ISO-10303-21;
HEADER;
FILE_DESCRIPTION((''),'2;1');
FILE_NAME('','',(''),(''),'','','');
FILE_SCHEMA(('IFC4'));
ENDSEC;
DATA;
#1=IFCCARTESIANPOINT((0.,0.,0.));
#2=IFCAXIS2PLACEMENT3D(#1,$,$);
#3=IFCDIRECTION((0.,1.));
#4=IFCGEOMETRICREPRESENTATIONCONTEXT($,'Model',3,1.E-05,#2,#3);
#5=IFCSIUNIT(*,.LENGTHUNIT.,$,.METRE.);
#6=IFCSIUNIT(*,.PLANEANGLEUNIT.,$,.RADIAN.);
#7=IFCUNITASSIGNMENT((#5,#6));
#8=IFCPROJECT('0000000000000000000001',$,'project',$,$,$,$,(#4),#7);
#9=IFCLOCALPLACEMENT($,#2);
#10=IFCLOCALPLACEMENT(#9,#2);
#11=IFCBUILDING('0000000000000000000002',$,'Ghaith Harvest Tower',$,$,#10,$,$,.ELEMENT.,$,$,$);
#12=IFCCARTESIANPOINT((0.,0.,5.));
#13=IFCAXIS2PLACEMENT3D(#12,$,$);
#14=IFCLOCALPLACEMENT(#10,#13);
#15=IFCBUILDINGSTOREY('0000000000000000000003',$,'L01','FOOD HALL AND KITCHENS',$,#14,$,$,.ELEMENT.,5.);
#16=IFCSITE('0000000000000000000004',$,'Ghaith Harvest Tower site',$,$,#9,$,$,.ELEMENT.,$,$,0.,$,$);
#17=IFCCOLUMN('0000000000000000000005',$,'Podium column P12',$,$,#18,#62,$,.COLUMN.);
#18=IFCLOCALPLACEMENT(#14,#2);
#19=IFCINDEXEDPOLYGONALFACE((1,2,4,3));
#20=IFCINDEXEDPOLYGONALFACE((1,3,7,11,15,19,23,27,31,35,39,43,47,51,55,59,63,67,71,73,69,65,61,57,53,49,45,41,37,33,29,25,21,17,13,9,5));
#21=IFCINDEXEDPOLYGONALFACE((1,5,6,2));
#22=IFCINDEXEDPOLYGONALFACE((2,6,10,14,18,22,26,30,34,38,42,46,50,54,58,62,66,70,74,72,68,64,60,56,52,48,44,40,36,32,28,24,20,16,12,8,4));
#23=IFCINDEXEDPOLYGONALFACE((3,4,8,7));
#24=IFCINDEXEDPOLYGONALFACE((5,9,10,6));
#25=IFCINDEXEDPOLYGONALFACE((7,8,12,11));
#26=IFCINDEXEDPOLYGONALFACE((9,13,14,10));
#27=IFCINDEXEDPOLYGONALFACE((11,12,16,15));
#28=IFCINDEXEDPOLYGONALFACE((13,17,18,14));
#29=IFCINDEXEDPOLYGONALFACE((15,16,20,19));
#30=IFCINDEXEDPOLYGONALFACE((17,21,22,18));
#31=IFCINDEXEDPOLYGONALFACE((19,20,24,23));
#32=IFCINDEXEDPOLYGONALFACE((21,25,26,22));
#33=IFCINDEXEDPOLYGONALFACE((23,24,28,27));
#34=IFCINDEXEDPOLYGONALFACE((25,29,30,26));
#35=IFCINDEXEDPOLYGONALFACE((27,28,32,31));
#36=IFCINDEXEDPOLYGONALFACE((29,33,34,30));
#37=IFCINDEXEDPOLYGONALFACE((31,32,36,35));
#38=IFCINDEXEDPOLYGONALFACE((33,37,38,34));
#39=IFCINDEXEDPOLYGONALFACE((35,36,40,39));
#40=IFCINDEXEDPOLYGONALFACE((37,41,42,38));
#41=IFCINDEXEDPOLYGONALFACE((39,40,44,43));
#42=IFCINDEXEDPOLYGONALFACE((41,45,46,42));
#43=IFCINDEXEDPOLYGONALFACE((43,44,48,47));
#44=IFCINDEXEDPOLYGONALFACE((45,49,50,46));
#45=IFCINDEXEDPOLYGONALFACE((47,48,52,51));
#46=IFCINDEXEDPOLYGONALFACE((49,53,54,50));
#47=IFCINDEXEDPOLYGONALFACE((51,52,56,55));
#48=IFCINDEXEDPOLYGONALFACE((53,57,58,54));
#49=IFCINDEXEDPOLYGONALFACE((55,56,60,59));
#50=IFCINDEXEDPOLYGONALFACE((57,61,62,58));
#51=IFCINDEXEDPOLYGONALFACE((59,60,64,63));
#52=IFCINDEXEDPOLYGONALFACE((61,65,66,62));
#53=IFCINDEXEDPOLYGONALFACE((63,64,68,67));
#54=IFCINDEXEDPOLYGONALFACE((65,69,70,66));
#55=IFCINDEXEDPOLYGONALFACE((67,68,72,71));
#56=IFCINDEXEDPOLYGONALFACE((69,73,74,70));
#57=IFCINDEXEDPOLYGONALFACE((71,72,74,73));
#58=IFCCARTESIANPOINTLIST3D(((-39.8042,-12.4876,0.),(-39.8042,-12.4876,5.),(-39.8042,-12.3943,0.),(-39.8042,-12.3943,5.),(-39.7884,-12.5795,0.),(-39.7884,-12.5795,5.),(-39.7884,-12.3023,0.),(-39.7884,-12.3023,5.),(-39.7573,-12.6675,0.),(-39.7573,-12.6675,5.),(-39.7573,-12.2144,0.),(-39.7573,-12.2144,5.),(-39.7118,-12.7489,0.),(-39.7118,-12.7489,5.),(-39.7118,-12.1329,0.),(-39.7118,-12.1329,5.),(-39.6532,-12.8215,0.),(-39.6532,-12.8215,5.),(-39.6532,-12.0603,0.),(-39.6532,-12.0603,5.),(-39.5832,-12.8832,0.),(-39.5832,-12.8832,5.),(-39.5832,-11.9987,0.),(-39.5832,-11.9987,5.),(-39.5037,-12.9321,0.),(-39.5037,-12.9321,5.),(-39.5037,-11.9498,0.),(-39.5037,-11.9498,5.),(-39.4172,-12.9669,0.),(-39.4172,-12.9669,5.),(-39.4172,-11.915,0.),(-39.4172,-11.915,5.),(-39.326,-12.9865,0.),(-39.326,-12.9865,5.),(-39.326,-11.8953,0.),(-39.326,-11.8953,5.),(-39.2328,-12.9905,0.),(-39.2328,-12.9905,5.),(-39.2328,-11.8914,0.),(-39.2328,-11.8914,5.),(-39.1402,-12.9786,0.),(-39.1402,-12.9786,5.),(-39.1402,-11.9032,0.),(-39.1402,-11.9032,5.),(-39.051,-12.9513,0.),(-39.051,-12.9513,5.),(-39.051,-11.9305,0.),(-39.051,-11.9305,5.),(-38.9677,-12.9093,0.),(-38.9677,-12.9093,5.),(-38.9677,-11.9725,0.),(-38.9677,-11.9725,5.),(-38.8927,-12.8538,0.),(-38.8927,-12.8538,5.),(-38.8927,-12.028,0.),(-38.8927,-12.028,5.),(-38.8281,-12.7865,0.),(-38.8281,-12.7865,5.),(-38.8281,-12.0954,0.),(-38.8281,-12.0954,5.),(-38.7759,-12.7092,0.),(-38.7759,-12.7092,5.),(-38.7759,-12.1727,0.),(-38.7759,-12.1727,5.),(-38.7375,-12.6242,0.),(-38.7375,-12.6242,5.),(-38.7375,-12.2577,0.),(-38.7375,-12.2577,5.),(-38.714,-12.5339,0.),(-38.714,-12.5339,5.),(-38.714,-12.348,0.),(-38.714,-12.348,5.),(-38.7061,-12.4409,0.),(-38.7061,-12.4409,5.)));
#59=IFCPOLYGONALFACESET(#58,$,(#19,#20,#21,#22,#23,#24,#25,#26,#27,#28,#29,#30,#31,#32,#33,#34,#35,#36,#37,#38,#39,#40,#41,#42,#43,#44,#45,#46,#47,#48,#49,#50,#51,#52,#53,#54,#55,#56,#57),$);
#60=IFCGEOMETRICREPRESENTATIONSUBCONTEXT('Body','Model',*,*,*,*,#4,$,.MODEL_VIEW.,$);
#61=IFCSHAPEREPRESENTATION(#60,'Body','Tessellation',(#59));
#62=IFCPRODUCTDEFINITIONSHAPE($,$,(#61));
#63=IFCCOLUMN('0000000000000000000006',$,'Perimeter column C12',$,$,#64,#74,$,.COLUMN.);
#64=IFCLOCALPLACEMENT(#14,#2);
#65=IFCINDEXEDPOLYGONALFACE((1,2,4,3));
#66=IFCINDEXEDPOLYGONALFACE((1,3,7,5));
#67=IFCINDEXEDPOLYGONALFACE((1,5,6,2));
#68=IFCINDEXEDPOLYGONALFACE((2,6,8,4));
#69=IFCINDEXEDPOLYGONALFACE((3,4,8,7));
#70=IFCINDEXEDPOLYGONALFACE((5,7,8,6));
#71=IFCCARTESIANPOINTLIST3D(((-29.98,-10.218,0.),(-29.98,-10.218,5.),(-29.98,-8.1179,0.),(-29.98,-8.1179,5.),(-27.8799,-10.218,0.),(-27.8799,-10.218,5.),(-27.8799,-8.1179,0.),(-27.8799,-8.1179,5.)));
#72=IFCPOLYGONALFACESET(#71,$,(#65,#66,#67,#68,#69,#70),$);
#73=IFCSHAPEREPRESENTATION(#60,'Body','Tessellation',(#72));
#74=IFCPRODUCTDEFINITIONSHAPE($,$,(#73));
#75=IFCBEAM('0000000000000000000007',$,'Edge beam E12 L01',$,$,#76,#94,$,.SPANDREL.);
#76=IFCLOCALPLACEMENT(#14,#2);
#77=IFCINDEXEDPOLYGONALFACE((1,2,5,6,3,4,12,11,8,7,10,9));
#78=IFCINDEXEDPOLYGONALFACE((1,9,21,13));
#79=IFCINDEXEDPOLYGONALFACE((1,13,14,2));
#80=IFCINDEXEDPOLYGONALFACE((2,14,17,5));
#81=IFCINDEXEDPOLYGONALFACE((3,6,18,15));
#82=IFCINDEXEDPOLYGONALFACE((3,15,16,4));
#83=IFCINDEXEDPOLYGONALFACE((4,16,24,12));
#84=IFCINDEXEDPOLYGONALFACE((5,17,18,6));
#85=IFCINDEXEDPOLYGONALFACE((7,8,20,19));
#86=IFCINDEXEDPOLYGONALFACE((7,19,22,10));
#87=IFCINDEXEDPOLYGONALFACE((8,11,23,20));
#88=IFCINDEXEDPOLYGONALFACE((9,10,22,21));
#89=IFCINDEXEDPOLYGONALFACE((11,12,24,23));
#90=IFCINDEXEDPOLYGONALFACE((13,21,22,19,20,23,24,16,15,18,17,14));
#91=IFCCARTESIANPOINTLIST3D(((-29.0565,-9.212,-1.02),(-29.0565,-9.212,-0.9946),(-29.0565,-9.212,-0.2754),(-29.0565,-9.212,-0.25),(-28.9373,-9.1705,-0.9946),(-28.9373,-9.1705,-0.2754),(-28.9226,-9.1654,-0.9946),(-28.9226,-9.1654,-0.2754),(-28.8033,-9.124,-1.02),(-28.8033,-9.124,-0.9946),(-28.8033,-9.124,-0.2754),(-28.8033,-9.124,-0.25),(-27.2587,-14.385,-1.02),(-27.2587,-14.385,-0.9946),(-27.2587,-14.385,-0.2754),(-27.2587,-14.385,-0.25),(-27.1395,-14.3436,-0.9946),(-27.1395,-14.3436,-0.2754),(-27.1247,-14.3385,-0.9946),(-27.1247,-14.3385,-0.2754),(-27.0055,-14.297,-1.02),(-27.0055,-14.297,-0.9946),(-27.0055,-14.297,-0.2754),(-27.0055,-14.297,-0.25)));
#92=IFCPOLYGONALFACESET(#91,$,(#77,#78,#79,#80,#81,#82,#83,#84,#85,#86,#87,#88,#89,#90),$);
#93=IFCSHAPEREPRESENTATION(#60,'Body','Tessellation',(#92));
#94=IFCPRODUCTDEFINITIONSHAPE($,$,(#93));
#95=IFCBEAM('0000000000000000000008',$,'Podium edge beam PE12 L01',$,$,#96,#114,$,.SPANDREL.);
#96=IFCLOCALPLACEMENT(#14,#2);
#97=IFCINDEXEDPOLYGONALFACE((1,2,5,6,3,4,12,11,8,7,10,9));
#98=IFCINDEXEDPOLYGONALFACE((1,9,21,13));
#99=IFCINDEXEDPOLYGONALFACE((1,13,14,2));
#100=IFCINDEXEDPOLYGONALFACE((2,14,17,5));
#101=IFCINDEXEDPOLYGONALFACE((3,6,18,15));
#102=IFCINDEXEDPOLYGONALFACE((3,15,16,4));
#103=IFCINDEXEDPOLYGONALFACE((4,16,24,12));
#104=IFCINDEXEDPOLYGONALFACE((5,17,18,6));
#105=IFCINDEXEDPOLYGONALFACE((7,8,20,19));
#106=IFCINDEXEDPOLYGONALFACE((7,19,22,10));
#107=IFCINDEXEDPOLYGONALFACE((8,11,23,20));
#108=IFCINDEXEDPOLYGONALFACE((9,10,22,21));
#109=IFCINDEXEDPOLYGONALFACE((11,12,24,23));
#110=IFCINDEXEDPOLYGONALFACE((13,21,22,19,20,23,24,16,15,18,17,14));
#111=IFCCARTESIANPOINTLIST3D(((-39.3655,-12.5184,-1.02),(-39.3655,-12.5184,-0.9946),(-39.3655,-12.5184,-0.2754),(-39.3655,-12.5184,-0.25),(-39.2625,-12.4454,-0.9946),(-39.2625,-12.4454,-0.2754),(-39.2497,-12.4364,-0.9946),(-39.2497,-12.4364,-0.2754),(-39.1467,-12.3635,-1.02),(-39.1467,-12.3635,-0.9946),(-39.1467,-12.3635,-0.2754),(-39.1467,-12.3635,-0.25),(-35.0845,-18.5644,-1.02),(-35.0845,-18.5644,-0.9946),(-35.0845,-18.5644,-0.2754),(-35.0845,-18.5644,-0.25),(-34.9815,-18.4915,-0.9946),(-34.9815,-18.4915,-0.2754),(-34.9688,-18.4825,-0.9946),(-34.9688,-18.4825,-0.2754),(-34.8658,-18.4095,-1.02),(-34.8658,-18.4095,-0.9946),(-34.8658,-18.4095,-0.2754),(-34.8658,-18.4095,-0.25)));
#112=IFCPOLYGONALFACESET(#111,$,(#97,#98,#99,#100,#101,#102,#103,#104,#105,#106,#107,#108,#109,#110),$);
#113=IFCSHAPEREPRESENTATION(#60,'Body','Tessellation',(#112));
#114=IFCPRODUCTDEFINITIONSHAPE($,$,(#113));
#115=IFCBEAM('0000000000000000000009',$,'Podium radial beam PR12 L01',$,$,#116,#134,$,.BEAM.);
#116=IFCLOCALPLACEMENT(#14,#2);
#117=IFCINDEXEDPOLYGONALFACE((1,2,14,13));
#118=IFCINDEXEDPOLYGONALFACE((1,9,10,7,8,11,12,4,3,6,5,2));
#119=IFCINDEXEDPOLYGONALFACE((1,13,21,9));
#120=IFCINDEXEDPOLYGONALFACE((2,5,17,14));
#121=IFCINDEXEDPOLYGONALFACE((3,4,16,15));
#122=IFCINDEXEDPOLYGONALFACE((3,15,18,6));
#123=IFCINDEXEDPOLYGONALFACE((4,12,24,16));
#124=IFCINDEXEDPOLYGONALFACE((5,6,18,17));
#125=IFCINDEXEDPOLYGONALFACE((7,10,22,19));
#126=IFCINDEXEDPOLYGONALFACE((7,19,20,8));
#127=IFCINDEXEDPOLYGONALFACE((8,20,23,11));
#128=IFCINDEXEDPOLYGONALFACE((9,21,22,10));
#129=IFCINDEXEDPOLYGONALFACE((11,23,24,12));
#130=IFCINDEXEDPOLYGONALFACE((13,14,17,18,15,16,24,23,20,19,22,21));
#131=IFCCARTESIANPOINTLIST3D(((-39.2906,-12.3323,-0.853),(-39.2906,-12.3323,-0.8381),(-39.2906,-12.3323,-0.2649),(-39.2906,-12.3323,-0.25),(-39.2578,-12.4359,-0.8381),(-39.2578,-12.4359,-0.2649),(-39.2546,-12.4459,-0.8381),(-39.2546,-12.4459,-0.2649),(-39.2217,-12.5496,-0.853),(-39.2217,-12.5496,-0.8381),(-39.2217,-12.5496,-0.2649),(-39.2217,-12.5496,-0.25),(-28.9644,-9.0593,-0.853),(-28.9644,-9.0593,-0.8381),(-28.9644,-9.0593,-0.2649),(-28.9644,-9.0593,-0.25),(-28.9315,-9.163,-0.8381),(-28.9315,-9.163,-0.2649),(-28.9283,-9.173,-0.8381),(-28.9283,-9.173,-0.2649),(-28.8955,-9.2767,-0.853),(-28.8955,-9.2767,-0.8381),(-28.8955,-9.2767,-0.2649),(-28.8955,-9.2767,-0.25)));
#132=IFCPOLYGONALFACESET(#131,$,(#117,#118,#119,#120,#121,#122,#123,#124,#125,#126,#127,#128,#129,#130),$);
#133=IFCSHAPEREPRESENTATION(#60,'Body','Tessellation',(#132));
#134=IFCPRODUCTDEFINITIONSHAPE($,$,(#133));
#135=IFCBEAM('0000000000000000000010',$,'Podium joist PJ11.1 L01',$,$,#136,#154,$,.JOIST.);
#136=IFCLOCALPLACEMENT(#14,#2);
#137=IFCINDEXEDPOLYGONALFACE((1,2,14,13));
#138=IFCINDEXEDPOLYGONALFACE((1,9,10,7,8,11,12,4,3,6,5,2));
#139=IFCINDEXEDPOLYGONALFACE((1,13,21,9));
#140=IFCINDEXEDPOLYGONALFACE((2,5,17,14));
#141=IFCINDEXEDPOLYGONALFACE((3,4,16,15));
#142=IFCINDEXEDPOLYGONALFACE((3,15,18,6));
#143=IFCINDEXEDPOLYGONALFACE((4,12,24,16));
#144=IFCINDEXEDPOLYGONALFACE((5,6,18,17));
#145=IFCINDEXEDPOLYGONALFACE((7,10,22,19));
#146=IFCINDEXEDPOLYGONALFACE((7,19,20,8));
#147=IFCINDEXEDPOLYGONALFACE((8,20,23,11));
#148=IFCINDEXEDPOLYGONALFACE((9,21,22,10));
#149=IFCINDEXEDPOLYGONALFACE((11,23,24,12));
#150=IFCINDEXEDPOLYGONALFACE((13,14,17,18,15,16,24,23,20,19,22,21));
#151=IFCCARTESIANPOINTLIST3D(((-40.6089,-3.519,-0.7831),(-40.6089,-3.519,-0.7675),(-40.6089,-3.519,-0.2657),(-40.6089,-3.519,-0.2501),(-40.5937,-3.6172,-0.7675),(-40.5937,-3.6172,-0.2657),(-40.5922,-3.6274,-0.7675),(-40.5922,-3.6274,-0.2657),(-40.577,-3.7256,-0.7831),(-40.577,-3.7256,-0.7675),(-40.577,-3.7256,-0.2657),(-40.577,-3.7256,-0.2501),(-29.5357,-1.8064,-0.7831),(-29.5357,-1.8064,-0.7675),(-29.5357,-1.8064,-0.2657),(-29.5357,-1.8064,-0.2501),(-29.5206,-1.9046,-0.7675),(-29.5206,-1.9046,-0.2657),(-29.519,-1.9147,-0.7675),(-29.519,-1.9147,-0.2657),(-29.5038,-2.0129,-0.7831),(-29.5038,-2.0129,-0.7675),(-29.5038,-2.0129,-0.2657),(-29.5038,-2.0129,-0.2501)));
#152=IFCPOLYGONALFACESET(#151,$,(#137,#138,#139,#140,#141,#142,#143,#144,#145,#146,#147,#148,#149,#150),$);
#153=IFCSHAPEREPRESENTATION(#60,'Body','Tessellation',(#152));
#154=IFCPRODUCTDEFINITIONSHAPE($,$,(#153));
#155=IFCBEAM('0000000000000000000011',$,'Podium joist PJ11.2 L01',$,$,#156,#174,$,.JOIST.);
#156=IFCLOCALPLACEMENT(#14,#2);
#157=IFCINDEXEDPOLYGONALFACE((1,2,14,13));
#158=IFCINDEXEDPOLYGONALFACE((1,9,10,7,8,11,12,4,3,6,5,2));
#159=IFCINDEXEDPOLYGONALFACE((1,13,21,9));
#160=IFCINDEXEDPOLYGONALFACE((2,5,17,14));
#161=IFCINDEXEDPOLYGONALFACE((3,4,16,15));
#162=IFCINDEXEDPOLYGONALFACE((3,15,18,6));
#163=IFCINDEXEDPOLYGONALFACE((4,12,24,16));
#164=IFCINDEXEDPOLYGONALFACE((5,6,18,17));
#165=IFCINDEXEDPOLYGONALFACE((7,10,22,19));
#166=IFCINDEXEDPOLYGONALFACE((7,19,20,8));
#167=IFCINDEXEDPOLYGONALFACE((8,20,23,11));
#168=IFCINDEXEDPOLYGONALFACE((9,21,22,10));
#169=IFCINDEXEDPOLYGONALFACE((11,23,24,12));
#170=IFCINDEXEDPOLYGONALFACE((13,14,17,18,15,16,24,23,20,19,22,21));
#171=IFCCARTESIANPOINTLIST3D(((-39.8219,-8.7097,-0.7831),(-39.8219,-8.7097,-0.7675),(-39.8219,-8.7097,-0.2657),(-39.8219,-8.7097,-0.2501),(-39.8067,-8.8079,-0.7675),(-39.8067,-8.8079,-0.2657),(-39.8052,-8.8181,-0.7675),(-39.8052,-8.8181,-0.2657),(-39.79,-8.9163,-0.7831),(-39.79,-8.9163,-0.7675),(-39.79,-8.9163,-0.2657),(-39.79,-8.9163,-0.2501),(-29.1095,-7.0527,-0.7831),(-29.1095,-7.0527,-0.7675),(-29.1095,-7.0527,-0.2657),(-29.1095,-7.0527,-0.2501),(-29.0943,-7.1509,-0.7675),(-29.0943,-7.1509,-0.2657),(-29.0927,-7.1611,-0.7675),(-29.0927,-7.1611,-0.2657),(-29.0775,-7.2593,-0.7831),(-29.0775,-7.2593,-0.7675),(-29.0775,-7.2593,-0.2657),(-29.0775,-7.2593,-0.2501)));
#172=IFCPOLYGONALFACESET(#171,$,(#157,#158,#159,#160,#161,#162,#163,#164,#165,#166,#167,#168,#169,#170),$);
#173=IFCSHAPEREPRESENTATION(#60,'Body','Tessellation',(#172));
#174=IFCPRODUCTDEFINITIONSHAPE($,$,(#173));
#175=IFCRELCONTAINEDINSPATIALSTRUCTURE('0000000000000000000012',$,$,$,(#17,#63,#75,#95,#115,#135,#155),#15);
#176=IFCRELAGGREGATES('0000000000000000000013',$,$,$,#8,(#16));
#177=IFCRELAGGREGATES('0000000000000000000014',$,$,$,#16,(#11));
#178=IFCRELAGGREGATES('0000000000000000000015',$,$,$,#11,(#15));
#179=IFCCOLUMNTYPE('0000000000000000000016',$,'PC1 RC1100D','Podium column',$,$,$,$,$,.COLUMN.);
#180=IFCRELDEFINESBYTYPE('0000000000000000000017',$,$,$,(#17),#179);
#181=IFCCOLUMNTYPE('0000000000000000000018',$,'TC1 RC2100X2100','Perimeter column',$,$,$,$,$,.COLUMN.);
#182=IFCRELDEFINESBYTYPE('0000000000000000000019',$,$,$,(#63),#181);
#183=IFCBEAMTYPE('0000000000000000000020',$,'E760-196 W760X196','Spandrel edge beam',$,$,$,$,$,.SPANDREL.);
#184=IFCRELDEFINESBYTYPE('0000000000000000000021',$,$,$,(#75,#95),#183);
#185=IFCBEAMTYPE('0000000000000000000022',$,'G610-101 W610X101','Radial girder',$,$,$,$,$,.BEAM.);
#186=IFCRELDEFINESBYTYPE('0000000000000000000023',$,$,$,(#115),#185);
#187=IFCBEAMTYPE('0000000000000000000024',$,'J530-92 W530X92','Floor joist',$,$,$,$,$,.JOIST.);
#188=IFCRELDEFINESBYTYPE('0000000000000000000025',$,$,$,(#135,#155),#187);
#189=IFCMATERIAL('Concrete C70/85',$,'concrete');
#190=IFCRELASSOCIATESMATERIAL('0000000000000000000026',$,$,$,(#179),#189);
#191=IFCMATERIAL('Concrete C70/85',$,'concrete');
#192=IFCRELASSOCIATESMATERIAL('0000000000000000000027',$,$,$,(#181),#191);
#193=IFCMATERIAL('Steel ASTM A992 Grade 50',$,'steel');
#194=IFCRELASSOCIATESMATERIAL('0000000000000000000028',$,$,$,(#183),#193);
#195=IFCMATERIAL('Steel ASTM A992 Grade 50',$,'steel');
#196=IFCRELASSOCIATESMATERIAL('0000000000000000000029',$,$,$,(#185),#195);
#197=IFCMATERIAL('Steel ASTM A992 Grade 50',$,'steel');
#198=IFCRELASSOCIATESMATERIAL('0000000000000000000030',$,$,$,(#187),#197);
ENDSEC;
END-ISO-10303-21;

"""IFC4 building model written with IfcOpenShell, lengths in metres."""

from ifc_helpers import new_model, si_unit, direction, frame, origin, origin_2d, place, context, subcontext, project, spatial, rectangle, circle, i_section, extrude, material, material_profile, profile_set, type_object, element, save


model = new_model("IFC4")

# Units and contexts
model_context = context("Model", 3, precision=1e-05, world=origin(), true_north=direction((0.0, 1.0)))
body_context = subcontext(model_context, "Body", "Model", "MODEL_VIEW")
ifc_project = project(units=[si_unit("LENGTHUNIT", "METRE"), si_unit("PLANEANGLEUNIT", "RADIAN")], contexts=[model_context])

# Site, building, storey
site_placement = place(None, origin())
site = spatial("IfcSite", under=ifc_project, at=site_placement, Name="Ghaith Harvest Tower site", CompositionType="ELEMENT", RefElevation=0.0)
building_placement = place(site_placement, origin())
building = spatial("IfcBuilding", under=site, at=building_placement, Name="Ghaith Harvest Tower", CompositionType="ELEMENT")
storey_placement = place(building_placement, frame((0.0, 0.0, 5.0)))
storey = spatial("IfcBuildingStorey", under=building, at=storey_placement, Name="L01", Description="FOOD HALL AND KITCHENS", CompositionType="ELEMENT", Elevation=5.0)

# Columns
ifc_material_1 = material(Name="Concrete C70/85", Category="concrete")
ifc_material_profile_1 = material_profile(ifc_material_1, circle(Radius=0.55, at=origin_2d()), Name="RC1100D")
ifc_profile_set_1 = profile_set([ifc_material_profile_1], Name="Concrete C70/85")
column_type_1 = type_object("IfcColumnType", Name="PC1 RC1100D", Description="Podium column", PredefinedType="COLUMN", material=ifc_profile_set_1)
column_1_placement = place(storey_placement, frame((-39.2561, -12.4409, 0.0), z_axis=(0.0, 0.0, 1.0), x_axis=(1.0, 0.0, 0.0)))
element("IfcColumn", 1, at=column_1_placement, inside=storey, type_object=column_type_1, Name="Podium column P12", PredefinedType="COLUMN", context=body_context, shape_type="SweptSolid", body=[
    extrude(circle(Radius=0.55, at=origin_2d()), origin(), (0.0, 0.0, 1.0), 5.0),
])
ifc_material_2 = material(Name="Concrete C70/85", Category="concrete")
ifc_material_profile_2 = material_profile(ifc_material_2, rectangle(XDim=2.1001, YDim=2.1001, at=origin_2d()), Name="RC2100X2100")
ifc_profile_set_2 = profile_set([ifc_material_profile_2], Name="Concrete C70/85")
column_type_2 = type_object("IfcColumnType", Name="TC1 RC2100X2100", Description="Perimeter column", PredefinedType="COLUMN", material=ifc_profile_set_2)
column_2_placement = place(storey_placement, frame((-28.9299, -9.168, 0.0), z_axis=(0.0, 0.0, 1.0), x_axis=(1.0, 0.0, 0.0)))
element("IfcColumn", 2, at=column_2_placement, inside=storey, type_object=column_type_2, Name="Perimeter column C12", PredefinedType="COLUMN", context=body_context, shape_type="SweptSolid", body=[
    extrude(rectangle(XDim=2.1001, YDim=2.1001, at=origin_2d()), origin(), (0.0, 0.0, 1.0), 5.0),
])

# Beams
ifc_material_3 = material(Name="Steel ASTM A992 Grade 50", Category="steel")
ifc_material_profile_3 = material_profile(ifc_material_3, i_section(OverallWidth=0.2681, OverallDepth=0.77, WebThickness=0.0156, FlangeThickness=0.0254, at=origin_2d()), Name="W760X196")
ifc_profile_set_3 = profile_set([ifc_material_profile_3], Name="Steel ASTM A992 Grade 50")
beam_type_1 = type_object("IfcBeamType", Name="E760-196 W760X196", Description="Spandrel edge beam", PredefinedType="SPANDREL", material=ifc_profile_set_3)
beam_1_placement = place(storey_placement, frame((-28.9299, -9.168, -0.635), z_axis=(0.328279, -0.944581, 0.0), x_axis=(0.944581, 0.328279, 0.0)))
element("IfcBeam", 3, at=beam_1_placement, inside=storey, type_object=beam_type_1, Name="Edge beam E12 L01", PredefinedType="SPANDREL", context=body_context, shape_type="SweptSolid", body=[
    extrude(i_section(OverallWidth=0.2681, OverallDepth=0.77, WebThickness=0.0156, FlangeThickness=0.0254, at=origin_2d()), origin(), (0.0, 0.0, 1.0), 5.4766),
])
beam_2_placement = place(storey_placement, frame((-39.2561, -12.4409, -0.635), z_axis=(0.577866, -0.816131, 0.0), x_axis=(0.816131, 0.577866, 0.0)))
element("IfcBeam", 4, at=beam_2_placement, inside=storey, type_object=beam_type_1, Name="Podium edge beam PE12 L01", PredefinedType="SPANDREL", context=body_context, shape_type="SweptSolid", body=[
    extrude(i_section(OverallWidth=0.2681, OverallDepth=0.77, WebThickness=0.0156, FlangeThickness=0.0254, at=origin_2d()), origin(), (0.0, 0.0, 1.0), 7.4082),
])
ifc_material_4 = material(Name="Steel ASTM A992 Grade 50", Category="steel")
ifc_material_profile_4 = material_profile(ifc_material_4, i_section(OverallWidth=0.228, OverallDepth=0.603, WebThickness=0.0105, FlangeThickness=0.0149, at=origin_2d()), Name="W610X101")
ifc_profile_set_4 = profile_set([ifc_material_profile_4], Name="Steel ASTM A992 Grade 50")
beam_type_2 = type_object("IfcBeamType", Name="G610-101 W610X101", Description="Radial girder", PredefinedType="BEAM", material=ifc_profile_set_4)
beam_3_placement = place(storey_placement, frame((-28.9299, -9.168, -0.5515), z_axis=(-0.953263, -0.302143, 0.0), x_axis=(0.302143, -0.953263, 0.0)))
element("IfcBeam", 5, at=beam_3_placement, inside=storey, type_object=beam_type_2, Name="Podium radial beam PR12 L01", PredefinedType="BEAM", context=body_context, shape_type="SweptSolid", body=[
    extrude(i_section(OverallWidth=0.228, OverallDepth=0.603, WebThickness=0.0105, FlangeThickness=0.0149, at=origin_2d()), origin(), (0.0, 0.0, 1.0), 10.8325),
])
ifc_material_5 = material(Name="Steel ASTM A992 Grade 50", Category="steel")
ifc_material_profile_5 = material_profile(ifc_material_5, i_section(OverallWidth=0.209, OverallDepth=0.533, WebThickness=0.0103, FlangeThickness=0.0156, at=origin_2d()), Name="W530X92")
ifc_profile_set_5 = profile_set([ifc_material_profile_5], Name="Steel ASTM A992 Grade 50")
beam_type_3 = type_object("IfcBeamType", Name="J530-92 W530X92", Description="Floor joist", PredefinedType="JOIST", material=ifc_profile_set_5)
beam_4_placement = place(storey_placement, frame((-29.5198, -1.9097, -0.5166), z_axis=(-0.98825, -0.152848, 0.0), x_axis=(0.152848, -0.98825, 0.0)))
element("IfcBeam", 6, at=beam_4_placement, inside=storey, type_object=beam_type_3, Name="Podium joist PJ11.1 L01", PredefinedType="JOIST", context=body_context, shape_type="SweptSolid", body=[
    extrude(i_section(OverallWidth=0.209, OverallDepth=0.533, WebThickness=0.0103, FlangeThickness=0.0156, at=origin_2d()), origin(), (0.0, 0.0, 1.0), 11.2048),
])
beam_5_placement = place(storey_placement, frame((-29.0935, -7.156, -0.5166), z_axis=(-0.988248, -0.152861, 0.0), x_axis=(0.152861, -0.988248, 0.0)))
element("IfcBeam", 7, at=beam_5_placement, inside=storey, type_object=beam_type_3, Name="Podium joist PJ11.2 L01", PredefinedType="JOIST", context=body_context, shape_type="SweptSolid", body=[
    extrude(i_section(OverallWidth=0.209, OverallDepth=0.533, WebThickness=0.0103, FlangeThickness=0.0156, at=origin_2d()), origin(), (0.0, 0.0, 1.0), 10.8398),
])

save(model, "model.ifc")
